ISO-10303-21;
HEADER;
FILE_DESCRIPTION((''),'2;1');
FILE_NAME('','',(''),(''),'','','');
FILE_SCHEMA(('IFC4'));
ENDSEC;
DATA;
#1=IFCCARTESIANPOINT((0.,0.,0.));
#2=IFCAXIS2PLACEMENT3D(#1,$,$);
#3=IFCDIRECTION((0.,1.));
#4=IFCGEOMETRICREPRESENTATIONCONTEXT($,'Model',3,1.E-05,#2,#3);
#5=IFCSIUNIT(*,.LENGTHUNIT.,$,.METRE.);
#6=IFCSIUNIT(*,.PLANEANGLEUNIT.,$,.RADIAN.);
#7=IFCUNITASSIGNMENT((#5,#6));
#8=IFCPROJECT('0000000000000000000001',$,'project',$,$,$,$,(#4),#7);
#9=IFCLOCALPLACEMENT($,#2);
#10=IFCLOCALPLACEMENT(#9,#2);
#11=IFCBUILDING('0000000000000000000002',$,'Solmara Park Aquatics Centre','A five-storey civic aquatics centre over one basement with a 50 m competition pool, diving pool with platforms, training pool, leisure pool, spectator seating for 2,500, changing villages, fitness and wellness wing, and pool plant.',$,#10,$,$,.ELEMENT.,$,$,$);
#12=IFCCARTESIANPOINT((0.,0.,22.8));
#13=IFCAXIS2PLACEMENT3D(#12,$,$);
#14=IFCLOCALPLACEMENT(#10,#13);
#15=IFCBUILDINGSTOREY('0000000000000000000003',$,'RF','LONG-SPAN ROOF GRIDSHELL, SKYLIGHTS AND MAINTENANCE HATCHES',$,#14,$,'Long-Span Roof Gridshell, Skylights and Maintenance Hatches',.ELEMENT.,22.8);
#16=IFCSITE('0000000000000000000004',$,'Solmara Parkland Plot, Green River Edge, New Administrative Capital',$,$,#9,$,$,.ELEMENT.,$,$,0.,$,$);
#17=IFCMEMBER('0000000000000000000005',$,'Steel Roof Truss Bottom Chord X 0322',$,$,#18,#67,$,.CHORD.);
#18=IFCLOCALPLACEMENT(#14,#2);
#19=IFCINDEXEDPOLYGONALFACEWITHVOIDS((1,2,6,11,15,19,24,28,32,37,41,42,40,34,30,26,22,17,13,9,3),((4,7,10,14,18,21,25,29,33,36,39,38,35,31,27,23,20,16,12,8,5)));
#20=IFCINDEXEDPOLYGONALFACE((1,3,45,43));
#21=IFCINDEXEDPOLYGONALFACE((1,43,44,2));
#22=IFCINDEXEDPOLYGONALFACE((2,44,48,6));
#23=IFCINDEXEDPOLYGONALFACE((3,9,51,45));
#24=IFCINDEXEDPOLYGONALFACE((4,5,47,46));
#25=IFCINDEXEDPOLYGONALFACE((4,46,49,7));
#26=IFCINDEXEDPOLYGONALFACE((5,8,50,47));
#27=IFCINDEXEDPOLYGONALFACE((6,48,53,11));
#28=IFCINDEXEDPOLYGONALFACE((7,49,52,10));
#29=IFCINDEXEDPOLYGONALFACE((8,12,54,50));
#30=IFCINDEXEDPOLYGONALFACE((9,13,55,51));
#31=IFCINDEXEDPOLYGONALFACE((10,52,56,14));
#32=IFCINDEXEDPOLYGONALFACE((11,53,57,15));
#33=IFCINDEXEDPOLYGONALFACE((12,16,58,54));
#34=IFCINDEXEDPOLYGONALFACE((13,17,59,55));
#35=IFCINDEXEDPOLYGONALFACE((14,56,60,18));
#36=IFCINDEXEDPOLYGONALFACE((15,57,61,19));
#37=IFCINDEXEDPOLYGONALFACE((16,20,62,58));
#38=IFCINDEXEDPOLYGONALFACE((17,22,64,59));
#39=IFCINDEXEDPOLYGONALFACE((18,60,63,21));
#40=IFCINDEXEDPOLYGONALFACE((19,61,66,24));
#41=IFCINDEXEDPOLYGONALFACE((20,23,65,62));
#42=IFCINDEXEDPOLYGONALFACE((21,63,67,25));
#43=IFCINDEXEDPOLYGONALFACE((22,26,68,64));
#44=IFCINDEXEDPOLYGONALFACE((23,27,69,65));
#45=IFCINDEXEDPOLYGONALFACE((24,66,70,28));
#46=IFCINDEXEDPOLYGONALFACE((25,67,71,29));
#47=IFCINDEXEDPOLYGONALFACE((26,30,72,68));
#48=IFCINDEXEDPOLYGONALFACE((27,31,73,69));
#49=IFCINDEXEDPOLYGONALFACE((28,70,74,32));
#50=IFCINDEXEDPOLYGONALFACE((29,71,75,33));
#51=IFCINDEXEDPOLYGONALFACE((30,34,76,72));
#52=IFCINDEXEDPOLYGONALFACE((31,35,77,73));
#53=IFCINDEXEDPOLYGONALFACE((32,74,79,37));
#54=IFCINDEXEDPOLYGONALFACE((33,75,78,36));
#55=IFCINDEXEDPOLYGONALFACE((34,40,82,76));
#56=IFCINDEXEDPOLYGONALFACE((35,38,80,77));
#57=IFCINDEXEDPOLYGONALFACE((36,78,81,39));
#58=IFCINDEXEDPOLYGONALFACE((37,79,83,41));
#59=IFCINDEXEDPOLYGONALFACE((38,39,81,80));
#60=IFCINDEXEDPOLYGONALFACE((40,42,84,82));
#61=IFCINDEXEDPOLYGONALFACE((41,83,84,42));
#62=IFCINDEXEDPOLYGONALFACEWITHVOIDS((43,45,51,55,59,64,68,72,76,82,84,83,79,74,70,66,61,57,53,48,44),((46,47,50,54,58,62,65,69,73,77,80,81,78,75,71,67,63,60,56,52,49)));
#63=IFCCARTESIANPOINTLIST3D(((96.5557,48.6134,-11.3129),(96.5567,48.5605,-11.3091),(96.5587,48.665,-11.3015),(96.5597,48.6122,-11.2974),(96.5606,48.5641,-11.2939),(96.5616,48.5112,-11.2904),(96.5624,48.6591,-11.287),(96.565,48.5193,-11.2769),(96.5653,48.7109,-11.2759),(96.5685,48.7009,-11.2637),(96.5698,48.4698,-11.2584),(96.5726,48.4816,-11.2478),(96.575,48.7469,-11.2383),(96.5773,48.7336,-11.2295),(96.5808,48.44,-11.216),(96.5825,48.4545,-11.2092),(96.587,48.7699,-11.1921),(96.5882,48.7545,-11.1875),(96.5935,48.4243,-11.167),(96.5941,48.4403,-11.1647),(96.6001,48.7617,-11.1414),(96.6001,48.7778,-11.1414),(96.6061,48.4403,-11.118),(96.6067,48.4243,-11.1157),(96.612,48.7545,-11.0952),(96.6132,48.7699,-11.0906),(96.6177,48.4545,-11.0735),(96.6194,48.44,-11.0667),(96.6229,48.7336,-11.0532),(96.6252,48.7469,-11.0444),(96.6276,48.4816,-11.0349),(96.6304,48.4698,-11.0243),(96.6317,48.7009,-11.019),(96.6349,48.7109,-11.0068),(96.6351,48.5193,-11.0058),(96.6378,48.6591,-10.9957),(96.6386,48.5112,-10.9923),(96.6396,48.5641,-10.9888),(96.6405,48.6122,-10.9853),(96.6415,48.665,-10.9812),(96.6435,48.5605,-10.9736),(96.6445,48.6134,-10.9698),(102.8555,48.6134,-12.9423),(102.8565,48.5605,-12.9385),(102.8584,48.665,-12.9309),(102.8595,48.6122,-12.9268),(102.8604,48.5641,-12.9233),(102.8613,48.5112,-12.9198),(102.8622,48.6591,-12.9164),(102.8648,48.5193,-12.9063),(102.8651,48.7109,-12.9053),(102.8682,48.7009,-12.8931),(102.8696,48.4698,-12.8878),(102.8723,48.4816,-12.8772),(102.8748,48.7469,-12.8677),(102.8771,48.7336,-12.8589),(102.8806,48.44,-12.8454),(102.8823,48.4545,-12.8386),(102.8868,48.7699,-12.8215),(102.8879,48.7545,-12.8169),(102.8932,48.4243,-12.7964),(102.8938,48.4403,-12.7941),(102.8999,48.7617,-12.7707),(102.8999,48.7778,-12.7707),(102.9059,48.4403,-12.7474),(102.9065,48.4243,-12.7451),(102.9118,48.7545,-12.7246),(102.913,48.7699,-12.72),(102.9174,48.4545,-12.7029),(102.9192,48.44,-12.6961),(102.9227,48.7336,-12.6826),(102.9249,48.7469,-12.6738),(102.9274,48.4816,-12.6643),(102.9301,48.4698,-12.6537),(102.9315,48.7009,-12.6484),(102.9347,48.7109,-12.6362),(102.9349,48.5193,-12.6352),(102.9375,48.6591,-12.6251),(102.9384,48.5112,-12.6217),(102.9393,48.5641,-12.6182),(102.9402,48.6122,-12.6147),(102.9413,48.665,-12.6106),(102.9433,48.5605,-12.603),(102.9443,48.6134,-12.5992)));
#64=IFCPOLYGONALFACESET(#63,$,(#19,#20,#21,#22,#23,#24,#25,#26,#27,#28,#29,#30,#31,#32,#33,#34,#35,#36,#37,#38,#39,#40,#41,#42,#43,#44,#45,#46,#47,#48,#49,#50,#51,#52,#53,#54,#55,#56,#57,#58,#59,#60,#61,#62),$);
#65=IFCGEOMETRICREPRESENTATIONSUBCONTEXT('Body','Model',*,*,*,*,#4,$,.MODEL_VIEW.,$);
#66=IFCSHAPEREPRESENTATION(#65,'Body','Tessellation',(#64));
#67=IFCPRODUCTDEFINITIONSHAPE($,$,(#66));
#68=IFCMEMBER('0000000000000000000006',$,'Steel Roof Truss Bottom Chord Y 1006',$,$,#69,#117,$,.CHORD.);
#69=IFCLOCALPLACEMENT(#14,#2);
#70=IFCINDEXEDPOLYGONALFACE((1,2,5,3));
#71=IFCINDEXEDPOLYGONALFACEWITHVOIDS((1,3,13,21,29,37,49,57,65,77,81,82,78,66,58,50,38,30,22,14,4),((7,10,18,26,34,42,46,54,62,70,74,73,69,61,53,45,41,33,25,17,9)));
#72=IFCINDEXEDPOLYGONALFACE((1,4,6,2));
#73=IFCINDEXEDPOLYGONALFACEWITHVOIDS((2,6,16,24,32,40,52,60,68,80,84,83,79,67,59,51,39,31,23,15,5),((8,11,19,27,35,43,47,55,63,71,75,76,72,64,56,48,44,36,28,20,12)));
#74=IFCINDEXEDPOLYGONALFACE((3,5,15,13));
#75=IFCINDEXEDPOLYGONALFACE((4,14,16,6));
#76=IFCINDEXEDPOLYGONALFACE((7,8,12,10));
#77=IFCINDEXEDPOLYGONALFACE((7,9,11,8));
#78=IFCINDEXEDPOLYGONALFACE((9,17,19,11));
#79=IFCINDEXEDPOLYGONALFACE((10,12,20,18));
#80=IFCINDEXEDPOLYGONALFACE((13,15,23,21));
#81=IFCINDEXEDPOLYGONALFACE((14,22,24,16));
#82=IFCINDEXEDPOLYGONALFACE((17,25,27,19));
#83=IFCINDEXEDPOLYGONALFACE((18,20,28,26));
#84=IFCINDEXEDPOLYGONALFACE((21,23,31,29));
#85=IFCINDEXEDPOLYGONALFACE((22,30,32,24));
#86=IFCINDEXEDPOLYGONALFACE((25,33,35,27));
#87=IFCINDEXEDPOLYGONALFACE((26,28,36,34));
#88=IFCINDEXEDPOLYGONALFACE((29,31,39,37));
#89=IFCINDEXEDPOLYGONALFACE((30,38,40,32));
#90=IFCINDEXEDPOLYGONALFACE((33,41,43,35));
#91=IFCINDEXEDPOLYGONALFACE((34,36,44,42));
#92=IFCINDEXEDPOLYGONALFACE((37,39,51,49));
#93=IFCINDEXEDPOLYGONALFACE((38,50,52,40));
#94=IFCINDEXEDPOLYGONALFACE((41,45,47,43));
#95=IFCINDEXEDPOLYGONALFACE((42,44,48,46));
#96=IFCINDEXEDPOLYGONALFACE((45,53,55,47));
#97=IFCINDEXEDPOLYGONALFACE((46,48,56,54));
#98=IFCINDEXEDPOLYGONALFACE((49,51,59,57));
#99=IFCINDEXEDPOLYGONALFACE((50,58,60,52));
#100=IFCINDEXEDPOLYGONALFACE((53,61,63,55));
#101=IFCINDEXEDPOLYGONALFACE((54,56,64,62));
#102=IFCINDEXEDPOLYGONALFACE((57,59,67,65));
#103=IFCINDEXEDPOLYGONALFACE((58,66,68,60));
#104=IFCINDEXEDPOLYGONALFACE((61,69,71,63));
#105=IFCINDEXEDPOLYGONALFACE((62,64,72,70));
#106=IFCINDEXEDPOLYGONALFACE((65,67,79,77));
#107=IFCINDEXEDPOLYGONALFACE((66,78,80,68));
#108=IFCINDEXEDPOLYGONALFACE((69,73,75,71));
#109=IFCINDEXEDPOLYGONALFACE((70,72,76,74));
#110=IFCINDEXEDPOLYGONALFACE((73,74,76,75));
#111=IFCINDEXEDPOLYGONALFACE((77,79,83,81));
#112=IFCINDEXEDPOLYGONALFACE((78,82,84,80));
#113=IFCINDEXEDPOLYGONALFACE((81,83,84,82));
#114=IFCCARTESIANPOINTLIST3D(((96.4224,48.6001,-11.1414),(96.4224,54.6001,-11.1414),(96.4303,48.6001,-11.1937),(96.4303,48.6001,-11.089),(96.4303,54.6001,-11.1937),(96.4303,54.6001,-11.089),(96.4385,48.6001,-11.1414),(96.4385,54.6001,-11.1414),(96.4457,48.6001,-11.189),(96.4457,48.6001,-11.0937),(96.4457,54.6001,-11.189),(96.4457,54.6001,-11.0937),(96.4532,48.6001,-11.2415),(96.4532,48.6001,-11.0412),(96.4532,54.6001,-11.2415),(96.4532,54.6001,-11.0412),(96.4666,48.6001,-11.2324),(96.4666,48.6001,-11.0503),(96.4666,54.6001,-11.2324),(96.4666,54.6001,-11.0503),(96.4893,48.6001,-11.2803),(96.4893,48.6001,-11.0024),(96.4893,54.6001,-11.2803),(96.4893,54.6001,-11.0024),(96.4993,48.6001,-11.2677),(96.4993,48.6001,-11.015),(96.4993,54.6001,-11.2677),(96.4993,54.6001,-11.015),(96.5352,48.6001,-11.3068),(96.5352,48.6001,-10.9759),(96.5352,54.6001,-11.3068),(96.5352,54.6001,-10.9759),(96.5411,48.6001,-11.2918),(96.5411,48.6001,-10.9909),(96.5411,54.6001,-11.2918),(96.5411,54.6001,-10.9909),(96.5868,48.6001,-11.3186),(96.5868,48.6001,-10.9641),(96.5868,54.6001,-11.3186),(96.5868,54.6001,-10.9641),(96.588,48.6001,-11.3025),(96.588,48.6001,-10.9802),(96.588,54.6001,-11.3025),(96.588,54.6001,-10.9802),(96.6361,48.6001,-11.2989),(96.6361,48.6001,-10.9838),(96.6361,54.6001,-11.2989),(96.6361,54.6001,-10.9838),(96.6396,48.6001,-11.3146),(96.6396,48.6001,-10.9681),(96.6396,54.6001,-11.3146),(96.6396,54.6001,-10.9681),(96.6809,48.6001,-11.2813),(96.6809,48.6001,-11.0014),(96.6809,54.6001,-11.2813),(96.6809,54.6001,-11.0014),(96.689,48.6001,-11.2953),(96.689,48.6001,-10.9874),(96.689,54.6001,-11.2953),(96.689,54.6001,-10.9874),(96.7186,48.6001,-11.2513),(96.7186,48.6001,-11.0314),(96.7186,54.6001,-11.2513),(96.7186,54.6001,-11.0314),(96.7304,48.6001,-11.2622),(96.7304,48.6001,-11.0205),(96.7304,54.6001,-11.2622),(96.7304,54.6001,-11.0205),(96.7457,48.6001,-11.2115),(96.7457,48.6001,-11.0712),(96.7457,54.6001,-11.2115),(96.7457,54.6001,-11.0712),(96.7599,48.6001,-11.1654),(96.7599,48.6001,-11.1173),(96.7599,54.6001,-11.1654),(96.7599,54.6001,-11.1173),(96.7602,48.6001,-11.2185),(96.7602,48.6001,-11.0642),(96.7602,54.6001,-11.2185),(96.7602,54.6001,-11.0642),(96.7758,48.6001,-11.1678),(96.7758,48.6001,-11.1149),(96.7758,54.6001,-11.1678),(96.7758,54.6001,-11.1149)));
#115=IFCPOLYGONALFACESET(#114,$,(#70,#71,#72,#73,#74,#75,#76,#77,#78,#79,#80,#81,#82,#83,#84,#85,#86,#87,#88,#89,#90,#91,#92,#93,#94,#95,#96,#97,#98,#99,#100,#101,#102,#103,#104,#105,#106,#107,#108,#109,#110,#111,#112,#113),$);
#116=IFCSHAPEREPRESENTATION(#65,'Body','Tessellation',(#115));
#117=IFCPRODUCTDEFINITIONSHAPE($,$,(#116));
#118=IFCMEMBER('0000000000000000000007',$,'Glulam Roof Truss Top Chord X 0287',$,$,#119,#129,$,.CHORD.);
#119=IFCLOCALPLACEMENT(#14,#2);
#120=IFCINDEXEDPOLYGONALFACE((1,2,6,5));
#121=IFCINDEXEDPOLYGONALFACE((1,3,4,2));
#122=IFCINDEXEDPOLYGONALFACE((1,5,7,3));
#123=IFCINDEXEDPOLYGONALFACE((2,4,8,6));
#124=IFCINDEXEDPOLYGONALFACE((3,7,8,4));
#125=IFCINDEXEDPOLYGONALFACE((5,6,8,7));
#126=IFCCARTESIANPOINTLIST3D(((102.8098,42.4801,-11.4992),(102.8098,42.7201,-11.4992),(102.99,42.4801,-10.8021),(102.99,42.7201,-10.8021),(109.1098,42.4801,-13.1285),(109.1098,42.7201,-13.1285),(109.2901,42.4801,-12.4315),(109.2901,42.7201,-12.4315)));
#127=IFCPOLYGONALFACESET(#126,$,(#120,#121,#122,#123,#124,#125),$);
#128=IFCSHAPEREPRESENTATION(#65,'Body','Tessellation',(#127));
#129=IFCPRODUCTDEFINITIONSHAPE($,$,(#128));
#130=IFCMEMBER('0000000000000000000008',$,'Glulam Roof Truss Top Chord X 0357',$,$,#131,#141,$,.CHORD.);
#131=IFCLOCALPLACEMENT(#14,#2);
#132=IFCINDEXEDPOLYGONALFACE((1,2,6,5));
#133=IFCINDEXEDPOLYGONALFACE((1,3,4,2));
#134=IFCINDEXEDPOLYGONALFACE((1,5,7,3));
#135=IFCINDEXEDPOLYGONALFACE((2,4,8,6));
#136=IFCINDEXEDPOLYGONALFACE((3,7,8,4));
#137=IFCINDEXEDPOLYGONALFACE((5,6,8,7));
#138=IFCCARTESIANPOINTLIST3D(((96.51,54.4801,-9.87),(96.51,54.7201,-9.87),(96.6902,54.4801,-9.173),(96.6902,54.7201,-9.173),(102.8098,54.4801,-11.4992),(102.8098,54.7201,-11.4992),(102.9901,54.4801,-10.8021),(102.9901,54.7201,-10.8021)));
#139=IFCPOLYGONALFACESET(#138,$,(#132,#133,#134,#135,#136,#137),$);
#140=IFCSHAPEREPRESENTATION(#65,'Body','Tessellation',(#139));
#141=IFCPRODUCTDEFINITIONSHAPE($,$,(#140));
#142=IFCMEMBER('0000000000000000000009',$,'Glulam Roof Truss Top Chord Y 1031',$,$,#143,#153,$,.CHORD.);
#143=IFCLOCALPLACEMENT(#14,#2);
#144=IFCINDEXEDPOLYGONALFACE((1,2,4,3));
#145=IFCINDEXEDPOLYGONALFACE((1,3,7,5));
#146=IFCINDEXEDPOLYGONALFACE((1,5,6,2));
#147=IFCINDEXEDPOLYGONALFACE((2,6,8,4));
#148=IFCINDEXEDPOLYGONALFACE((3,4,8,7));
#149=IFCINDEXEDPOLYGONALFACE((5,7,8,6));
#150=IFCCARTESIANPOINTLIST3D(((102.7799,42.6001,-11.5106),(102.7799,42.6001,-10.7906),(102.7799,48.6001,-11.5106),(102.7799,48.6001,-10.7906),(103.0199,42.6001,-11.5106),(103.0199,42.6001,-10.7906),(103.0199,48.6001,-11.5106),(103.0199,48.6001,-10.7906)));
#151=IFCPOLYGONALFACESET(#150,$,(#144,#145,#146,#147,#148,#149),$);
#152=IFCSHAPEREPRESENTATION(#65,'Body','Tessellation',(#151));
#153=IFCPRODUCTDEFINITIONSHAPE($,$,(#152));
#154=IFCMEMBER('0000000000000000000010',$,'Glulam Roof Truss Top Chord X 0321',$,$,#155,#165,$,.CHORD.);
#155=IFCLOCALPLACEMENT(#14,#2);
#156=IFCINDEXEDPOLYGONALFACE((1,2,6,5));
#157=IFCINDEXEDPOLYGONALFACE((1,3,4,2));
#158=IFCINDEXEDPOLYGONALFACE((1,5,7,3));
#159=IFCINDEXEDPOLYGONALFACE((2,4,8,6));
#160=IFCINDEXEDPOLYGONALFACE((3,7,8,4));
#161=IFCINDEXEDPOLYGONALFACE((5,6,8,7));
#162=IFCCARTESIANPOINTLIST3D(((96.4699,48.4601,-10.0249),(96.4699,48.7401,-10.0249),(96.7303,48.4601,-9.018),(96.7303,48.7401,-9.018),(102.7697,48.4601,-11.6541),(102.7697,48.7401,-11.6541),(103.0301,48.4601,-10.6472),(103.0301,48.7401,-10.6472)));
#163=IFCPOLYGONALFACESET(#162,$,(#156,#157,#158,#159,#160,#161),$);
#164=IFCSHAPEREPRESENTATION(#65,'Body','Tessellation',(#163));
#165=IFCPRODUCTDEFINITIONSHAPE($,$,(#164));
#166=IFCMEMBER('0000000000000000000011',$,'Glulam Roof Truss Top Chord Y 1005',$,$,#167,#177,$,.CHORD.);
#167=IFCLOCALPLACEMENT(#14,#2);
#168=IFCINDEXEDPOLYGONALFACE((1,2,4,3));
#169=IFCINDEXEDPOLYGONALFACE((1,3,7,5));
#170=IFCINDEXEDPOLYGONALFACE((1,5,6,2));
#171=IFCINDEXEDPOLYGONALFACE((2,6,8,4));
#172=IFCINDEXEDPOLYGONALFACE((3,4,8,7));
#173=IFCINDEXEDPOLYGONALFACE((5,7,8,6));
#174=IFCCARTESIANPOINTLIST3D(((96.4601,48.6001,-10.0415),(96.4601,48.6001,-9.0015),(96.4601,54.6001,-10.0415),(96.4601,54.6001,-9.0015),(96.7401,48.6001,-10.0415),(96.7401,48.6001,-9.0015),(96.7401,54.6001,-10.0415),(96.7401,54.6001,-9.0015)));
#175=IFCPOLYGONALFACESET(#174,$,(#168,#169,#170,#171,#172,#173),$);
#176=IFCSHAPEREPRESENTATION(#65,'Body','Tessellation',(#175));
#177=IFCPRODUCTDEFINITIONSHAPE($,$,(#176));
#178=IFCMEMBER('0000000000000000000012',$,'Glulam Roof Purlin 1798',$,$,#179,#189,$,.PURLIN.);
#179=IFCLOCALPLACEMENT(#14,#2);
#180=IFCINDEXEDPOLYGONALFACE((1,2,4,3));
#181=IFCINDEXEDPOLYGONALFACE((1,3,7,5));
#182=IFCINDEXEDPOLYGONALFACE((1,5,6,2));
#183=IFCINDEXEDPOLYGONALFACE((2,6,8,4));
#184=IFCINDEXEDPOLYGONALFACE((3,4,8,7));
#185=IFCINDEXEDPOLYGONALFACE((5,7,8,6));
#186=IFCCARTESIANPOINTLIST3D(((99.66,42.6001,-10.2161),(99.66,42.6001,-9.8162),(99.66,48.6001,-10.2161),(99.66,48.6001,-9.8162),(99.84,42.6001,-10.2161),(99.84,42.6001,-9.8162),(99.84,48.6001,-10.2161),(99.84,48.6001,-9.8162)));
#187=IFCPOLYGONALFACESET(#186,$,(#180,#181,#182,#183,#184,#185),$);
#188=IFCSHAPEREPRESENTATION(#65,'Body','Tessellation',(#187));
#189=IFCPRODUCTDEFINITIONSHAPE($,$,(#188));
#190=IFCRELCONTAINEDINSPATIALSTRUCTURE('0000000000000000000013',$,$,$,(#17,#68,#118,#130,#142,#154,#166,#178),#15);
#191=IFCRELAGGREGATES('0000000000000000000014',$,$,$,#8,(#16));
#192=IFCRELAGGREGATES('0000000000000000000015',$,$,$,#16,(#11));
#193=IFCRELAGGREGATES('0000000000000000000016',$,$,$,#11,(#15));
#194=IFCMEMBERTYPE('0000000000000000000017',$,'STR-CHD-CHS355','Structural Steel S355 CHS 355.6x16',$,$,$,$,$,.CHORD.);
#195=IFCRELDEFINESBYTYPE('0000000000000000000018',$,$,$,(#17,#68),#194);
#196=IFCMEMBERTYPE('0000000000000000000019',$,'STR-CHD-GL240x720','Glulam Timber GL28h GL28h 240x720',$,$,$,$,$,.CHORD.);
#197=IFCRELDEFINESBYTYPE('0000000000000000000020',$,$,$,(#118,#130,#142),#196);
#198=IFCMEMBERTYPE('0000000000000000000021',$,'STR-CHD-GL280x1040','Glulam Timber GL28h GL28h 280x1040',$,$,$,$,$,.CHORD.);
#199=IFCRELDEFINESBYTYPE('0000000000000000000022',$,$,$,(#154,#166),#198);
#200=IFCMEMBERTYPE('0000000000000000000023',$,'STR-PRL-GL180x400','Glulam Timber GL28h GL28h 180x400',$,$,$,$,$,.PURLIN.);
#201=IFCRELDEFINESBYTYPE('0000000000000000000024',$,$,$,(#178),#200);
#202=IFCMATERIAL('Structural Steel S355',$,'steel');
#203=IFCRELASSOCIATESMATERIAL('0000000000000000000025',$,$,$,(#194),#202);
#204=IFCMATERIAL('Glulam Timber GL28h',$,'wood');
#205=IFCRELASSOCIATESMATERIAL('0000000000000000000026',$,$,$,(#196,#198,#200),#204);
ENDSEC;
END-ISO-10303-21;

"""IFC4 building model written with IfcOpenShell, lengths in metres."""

from ifc_helpers import new_model, si_unit, direction, frame, origin, origin_2d, place, context, subcontext, project, spatial, rectangle, hollow_circle, extrude, material, material_profile, profile_set, type_object, element, save


model = new_model("IFC4")

# Units and contexts
model_context = context("Model", 3, precision=1e-05, world=origin(), true_north=direction((0.0, 1.0)))
body_context = subcontext(model_context, "Body", "Model", "MODEL_VIEW")
ifc_project = project(units=[si_unit("LENGTHUNIT", "METRE"), si_unit("PLANEANGLEUNIT", "RADIAN")], contexts=[model_context])

# Site, building, storey
site_placement = place(None, origin())
site = spatial("IfcSite", under=ifc_project, at=site_placement, Name="Solmara Parkland Plot, Green River Edge, New Administrative Capital", CompositionType="ELEMENT", RefElevation=0.0)
building_placement = place(site_placement, origin())
building = spatial("IfcBuilding", under=site, at=building_placement, Name="Solmara Park Aquatics Centre", Description="A five-storey civic aquatics centre over one basement with a 50 m competition pool, diving pool with platforms, training pool, leisure pool, spectator seating for 2,500, changing villages, fitness and wellness wing, and pool plant.", CompositionType="ELEMENT")
storey_placement = place(building_placement, frame((0.0, 0.0, 22.8)))
storey = spatial("IfcBuildingStorey", under=building, at=storey_placement, Name="RF", Description="LONG-SPAN ROOF GRIDSHELL, SKYLIGHTS AND MAINTENANCE HATCHES", LongName="Long-Span Roof Gridshell, Skylights and Maintenance Hatches", CompositionType="ELEMENT", Elevation=22.8)

# Members
ifc_material_1 = material(Name="Structural Steel S355", Category="steel")
ifc_material_profile_1 = material_profile(ifc_material_1, hollow_circle(Radius=0.1777, WallThickness=0.0161, at=origin_2d()), Name="CHS 355.6x16")
ifc_profile_set_1 = profile_set([ifc_material_profile_1], Name="Structural Steel S355")
member_type_1 = type_object("IfcMemberType", Name="STR-CHD-CHS355", Description="Structural Steel S355 CHS 355.6x16", PredefinedType="CHORD", material=ifc_profile_set_1)
member_1_placement = place(storey_placement, frame((96.6001, 48.6001, -11.1414), z_axis=(0.968142, 0.0, -0.250402), x_axis=(0.0, 1.0, 0.0)))
element("IfcMember", 1, at=member_1_placement, inside=storey, type_object=member_type_1, Name="Steel Roof Truss Bottom Chord X 0322", PredefinedType="CHORD", context=body_context, shape_type="SweptSolid", body=[
    extrude(hollow_circle(Radius=0.1777, WallThickness=0.0161, at=origin_2d()), origin(), (0.0, 0.0, 1.0), 6.5071),
])
member_2_placement = place(storey_placement, frame((96.6001, 48.6001, -11.1414), z_axis=(0.0, 1.0, 0.0), x_axis=(-1.0, 0.0, 0.0)))
element("IfcMember", 2, at=member_2_placement, inside=storey, type_object=member_type_1, Name="Steel Roof Truss Bottom Chord Y 1006", PredefinedType="CHORD", context=body_context, shape_type="SweptSolid", body=[
    extrude(hollow_circle(Radius=0.1777, WallThickness=0.0161, at=origin_2d()), origin(), (0.0, 0.0, 1.0), 6.0),
])
ifc_material_2 = material(Name="Glulam Timber GL28h", Category="wood")
ifc_material_profile_2 = material_profile(ifc_material_2, rectangle(XDim=0.24, YDim=0.72, at=origin_2d()), Name="GL28h 240x720")
ifc_profile_set_2 = profile_set([ifc_material_profile_2], Name="Glulam Timber GL28h")
member_type_2 = type_object("IfcMemberType", Name="STR-CHD-GL240x720", Description="Glulam Timber GL28h GL28h 240x720", PredefinedType="CHORD", material=ifc_profile_set_2)
member_3_placement = place(storey_placement, frame((102.8999, 42.6001, -11.1506), z_axis=(0.968144, 0.0, -0.250393), x_axis=(0.0, 1.0, 0.0)))
element("IfcMember", 3, at=member_3_placement, inside=storey, type_object=member_type_2, Name="Glulam Roof Truss Top Chord X 0287", PredefinedType="CHORD", context=body_context, shape_type="SweptSolid", body=[
    extrude(rectangle(XDim=0.24, YDim=0.72, at=origin_2d()), origin(), (0.0, 0.0, 1.0), 6.5073),
])
member_4_placement = place(storey_placement, frame((96.6001, 54.6001, -9.5215), z_axis=(0.968151, 0.0, -0.250367), x_axis=(0.0, 1.0, 0.0)))
element("IfcMember", 4, at=member_4_placement, inside=storey, type_object=member_type_2, Name="Glulam Roof Truss Top Chord X 0357", PredefinedType="CHORD", context=body_context, shape_type="SweptSolid", body=[
    extrude(rectangle(XDim=0.24, YDim=0.72, at=origin_2d()), origin(), (0.0, 0.0, 1.0), 6.5071),
])
member_5_placement = place(storey_placement, frame((102.8999, 42.6001, -11.1506), z_axis=(0.0, 1.0, 0.0), x_axis=(-1.0, 0.0, 0.0)))
element("IfcMember", 5, at=member_5_placement, inside=storey, type_object=member_type_2, Name="Glulam Roof Truss Top Chord Y 1031", PredefinedType="CHORD", context=body_context, shape_type="SweptSolid", body=[
    extrude(rectangle(XDim=0.24, YDim=0.72, at=origin_2d()), origin(), (0.0, 0.0, 1.0), 6.0),
])
ifc_material_profile_3 = material_profile(ifc_material_2, rectangle(XDim=0.28, YDim=1.04, at=origin_2d()), Name="GL28h 280x1040")
ifc_profile_set_3 = profile_set([ifc_material_profile_3], Name="Glulam Timber GL28h")
member_type_3 = type_object("IfcMemberType", Name="STR-CHD-GL280x1040", Description="Glulam Timber GL28h GL28h 280x1040", PredefinedType="CHORD", material=ifc_profile_set_3)
member_6_placement = place(storey_placement, frame((96.6001, 48.6001, -9.5215), z_axis=(0.968151, 0.0, -0.250367), x_axis=(0.0, 1.0, 0.0)))
element("IfcMember", 6, at=member_6_placement, inside=storey, type_object=member_type_3, Name="Glulam Roof Truss Top Chord X 0321", PredefinedType="CHORD", context=body_context, shape_type="SweptSolid", body=[
    extrude(rectangle(XDim=0.28, YDim=1.04, at=origin_2d()), origin(), (0.0, 0.0, 1.0), 6.5071),
])
member_7_placement = place(storey_placement, frame((96.6001, 48.6001, -9.5215), z_axis=(0.0, 1.0, 0.0), x_axis=(-1.0, 0.0, 0.0)))
element("IfcMember", 7, at=member_7_placement, inside=storey, type_object=member_type_3, Name="Glulam Roof Truss Top Chord Y 1005", PredefinedType="CHORD", context=body_context, shape_type="SweptSolid", body=[
    extrude(rectangle(XDim=0.28, YDim=1.04, at=origin_2d()), origin(), (0.0, 0.0, 1.0), 6.0),
])
ifc_material_profile_4 = material_profile(ifc_material_2, rectangle(XDim=0.1799, YDim=0.3999, at=origin_2d()), Name="GL28h 180x400")
ifc_profile_set_4 = profile_set([ifc_material_profile_4], Name="Glulam Timber GL28h")
member_type_4 = type_object("IfcMemberType", Name="STR-PRL-GL180x400", Description="Glulam Timber GL28h GL28h 180x400", PredefinedType="PURLIN", material=ifc_profile_set_4)
for number, where, z_axis, x_axis, name in (
    (8, (99.75, 42.6001, -10.0161), (0.0, 1.0, 0.0), (-1.0, 0.0, 0.0), "Glulam Roof Purlin 1798"),
):
    element("IfcMember", number, at=place(storey_placement, frame(where, z_axis=z_axis, x_axis=x_axis)), inside=storey, type_object=member_type_4, Name=name, PredefinedType="PURLIN", context=body_context, shape_type="SweptSolid", body=[
        extrude(rectangle(XDim=0.1799, YDim=0.3999, at=origin_2d()), origin(), (0.0, 0.0, 1.0), 6.0),
    ])

save(model, "model.ifc")
